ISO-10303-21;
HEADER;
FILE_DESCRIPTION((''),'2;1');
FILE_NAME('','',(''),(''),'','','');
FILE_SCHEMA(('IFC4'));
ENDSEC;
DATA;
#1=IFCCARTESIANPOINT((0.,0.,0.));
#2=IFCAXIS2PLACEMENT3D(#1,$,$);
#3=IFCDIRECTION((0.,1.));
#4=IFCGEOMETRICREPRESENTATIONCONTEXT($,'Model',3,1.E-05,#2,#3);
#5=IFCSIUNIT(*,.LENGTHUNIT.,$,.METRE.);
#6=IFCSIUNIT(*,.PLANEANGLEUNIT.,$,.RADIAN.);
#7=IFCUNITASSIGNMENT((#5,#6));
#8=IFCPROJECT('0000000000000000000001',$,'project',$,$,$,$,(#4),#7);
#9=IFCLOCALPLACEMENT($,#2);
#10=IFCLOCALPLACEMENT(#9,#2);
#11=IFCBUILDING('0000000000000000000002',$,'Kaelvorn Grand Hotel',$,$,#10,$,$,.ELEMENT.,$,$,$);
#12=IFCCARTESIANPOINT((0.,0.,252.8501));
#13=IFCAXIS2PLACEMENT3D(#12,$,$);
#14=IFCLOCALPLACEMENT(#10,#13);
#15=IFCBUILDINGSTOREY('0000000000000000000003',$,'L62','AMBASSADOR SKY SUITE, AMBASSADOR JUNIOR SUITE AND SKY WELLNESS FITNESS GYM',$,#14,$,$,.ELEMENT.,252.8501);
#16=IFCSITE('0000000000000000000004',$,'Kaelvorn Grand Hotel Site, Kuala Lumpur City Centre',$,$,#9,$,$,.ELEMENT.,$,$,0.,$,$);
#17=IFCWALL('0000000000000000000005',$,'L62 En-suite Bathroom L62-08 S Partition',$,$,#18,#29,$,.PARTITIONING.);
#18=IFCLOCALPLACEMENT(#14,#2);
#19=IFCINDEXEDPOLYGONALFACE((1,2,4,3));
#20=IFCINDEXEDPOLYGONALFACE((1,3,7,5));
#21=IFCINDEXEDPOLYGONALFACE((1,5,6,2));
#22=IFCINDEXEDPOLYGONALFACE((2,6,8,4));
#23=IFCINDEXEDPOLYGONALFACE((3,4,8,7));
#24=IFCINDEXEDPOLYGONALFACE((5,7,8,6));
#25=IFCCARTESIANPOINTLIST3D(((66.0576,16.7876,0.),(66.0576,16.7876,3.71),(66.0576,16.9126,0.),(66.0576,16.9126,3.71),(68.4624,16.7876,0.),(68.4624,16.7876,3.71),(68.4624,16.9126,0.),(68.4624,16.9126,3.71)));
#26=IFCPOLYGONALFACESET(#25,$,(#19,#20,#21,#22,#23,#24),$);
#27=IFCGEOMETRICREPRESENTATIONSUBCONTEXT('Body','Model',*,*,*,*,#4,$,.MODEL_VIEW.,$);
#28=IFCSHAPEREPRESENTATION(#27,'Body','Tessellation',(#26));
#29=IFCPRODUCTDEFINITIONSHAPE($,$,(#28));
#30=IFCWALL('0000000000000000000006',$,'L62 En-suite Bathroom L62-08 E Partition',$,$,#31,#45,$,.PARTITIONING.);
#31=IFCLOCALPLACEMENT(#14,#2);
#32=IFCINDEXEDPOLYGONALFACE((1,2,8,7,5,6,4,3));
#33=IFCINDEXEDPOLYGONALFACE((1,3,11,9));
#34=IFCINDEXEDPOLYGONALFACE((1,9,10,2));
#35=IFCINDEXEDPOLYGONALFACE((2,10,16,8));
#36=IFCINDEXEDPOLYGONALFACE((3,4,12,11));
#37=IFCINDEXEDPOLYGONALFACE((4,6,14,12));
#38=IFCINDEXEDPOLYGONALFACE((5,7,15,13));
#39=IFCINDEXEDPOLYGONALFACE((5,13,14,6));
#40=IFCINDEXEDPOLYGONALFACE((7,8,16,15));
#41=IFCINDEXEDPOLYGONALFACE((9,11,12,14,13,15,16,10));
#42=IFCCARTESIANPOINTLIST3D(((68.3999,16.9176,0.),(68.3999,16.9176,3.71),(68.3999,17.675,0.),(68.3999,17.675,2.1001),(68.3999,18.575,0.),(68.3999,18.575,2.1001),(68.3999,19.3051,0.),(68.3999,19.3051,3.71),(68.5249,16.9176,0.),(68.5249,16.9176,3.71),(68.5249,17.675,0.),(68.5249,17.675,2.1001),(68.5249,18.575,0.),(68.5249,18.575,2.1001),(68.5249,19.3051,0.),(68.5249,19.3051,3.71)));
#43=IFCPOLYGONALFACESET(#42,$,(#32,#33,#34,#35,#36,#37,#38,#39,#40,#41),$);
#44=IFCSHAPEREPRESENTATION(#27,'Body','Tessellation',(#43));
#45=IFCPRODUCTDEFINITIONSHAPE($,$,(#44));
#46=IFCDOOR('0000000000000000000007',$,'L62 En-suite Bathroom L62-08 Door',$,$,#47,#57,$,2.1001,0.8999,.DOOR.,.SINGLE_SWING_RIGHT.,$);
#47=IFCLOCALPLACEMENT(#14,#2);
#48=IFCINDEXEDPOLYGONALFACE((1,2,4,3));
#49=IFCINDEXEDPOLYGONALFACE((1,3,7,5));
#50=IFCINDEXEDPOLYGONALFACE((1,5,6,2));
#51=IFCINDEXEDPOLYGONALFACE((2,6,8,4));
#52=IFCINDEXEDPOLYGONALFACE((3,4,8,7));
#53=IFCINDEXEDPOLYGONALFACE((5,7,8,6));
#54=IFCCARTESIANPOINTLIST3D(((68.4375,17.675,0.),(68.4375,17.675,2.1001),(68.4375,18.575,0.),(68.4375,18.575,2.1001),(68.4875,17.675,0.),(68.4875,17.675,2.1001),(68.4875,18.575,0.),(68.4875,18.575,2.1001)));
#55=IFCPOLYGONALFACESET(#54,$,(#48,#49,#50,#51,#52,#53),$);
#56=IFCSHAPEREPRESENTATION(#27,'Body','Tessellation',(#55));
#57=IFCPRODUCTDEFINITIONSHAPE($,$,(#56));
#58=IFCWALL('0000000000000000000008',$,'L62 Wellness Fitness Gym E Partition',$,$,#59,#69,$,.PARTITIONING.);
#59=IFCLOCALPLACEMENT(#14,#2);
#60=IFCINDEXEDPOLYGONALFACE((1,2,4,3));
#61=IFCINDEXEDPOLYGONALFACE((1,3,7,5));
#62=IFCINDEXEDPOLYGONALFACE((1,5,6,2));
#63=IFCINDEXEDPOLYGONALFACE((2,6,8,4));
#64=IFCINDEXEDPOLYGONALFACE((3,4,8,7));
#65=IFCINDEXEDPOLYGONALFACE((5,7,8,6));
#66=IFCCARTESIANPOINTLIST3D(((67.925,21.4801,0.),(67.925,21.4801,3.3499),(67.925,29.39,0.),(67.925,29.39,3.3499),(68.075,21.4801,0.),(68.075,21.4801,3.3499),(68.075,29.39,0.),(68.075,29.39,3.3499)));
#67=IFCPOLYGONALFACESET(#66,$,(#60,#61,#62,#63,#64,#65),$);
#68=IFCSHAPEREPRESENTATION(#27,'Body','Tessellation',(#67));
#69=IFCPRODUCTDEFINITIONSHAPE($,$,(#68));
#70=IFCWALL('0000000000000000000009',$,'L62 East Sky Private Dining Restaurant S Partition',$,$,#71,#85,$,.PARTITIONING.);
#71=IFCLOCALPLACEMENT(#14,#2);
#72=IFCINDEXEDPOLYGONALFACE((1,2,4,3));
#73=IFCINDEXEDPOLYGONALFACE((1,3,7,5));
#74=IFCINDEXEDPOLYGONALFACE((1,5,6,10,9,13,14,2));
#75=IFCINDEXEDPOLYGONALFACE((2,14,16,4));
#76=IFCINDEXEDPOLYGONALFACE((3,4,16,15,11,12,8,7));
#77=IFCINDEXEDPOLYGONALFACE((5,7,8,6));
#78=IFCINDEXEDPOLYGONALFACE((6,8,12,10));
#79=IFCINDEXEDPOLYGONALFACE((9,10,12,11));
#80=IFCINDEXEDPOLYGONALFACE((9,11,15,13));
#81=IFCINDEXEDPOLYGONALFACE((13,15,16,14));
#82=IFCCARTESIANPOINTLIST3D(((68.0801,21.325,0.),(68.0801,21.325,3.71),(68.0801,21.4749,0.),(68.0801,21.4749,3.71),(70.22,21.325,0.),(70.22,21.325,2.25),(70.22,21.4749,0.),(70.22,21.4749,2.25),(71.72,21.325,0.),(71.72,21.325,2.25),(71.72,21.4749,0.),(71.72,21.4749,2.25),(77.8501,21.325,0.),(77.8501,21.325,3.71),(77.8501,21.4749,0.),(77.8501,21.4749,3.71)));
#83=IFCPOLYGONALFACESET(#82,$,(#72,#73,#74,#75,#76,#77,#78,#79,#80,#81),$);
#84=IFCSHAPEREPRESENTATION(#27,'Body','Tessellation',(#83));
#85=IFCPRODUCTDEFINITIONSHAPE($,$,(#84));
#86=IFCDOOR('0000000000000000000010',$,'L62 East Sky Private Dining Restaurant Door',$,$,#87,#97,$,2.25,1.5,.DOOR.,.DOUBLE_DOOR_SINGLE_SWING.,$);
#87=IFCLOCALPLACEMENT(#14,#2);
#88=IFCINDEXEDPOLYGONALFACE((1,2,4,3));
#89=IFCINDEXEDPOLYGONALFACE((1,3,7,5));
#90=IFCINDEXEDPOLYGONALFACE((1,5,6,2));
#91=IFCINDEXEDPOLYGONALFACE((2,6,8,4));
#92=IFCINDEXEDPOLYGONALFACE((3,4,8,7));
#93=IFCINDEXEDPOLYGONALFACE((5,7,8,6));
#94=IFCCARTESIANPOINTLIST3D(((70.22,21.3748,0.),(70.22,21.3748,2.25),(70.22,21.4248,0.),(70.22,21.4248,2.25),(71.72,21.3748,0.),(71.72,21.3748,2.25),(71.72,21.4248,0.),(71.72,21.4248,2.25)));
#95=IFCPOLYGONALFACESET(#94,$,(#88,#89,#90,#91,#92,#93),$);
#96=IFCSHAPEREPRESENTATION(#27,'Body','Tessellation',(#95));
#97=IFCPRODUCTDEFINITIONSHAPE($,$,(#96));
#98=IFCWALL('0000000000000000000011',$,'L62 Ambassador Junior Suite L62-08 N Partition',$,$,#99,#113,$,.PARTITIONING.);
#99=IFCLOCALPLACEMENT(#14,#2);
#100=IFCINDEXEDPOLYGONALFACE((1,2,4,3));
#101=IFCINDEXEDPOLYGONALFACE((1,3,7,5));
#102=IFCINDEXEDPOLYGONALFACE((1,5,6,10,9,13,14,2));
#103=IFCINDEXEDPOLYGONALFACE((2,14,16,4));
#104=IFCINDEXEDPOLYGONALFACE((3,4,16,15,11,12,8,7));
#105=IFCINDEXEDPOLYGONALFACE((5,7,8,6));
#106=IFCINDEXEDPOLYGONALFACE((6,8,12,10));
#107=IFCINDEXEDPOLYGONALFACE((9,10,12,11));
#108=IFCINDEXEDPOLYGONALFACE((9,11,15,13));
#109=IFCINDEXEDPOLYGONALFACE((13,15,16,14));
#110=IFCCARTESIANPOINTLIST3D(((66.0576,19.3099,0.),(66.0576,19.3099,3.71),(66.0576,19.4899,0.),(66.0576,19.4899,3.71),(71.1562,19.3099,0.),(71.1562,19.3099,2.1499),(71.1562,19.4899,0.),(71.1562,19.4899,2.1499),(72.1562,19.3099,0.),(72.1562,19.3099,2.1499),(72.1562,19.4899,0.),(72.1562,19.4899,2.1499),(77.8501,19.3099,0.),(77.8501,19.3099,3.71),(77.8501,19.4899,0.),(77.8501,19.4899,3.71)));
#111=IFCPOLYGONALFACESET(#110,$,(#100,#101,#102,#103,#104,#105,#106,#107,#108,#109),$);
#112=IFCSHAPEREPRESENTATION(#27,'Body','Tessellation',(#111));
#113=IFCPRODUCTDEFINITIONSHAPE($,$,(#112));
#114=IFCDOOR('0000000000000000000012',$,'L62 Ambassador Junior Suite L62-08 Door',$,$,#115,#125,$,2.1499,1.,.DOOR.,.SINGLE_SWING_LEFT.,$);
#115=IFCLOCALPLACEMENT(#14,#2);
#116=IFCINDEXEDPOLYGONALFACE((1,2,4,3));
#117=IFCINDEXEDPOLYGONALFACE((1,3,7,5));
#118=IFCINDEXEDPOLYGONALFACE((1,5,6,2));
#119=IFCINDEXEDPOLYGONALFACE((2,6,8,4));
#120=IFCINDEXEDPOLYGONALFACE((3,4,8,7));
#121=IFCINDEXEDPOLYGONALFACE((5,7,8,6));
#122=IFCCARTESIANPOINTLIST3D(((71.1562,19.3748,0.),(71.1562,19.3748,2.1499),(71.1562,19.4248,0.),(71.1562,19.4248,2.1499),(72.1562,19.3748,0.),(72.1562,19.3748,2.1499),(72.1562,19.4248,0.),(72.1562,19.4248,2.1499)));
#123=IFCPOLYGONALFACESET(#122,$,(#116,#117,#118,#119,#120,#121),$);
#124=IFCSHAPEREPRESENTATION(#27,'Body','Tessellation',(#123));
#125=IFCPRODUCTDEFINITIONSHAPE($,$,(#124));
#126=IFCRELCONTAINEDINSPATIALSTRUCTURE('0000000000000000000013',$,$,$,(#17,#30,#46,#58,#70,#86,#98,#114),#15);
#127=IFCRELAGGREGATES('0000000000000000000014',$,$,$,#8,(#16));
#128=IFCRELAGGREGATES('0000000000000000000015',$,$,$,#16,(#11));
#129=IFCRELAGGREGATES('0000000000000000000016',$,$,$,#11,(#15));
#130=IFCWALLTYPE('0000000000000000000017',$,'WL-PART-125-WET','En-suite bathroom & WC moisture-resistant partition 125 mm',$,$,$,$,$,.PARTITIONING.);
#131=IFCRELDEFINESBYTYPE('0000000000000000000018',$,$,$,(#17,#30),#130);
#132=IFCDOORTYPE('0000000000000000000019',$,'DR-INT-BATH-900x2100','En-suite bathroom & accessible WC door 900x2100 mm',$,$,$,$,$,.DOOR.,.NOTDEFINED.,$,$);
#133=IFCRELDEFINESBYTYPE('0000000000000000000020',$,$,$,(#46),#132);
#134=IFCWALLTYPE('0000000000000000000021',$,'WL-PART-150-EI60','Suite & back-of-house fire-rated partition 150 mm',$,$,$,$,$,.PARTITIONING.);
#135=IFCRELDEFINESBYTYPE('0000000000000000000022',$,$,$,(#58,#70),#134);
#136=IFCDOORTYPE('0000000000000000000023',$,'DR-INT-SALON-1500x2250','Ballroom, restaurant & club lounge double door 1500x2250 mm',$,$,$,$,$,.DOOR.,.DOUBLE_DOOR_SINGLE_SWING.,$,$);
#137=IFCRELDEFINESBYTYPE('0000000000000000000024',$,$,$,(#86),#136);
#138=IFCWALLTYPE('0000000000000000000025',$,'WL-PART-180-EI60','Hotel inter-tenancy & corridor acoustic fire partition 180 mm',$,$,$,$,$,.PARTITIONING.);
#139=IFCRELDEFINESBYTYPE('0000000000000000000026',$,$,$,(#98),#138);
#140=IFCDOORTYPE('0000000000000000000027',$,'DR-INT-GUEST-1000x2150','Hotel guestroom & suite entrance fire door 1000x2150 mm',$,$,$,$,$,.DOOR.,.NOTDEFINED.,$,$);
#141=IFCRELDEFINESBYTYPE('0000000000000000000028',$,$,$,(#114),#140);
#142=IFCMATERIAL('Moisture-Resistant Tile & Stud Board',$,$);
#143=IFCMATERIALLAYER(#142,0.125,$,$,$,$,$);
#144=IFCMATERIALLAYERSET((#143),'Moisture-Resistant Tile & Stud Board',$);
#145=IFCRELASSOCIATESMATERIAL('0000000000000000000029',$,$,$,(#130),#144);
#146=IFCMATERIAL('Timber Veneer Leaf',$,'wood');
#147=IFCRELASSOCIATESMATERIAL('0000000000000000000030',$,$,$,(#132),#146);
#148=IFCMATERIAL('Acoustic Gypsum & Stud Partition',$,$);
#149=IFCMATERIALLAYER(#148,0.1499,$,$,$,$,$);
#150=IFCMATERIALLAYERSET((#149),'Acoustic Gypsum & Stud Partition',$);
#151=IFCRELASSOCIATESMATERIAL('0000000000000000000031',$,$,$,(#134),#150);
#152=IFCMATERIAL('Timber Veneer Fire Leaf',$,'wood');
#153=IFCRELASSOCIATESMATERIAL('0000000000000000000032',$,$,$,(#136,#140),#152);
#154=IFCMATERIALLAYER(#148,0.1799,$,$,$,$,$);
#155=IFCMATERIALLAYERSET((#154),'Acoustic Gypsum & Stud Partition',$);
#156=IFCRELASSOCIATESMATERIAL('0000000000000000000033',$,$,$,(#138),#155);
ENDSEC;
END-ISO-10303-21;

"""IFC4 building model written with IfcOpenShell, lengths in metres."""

from ifc_helpers import new_model, si_unit, direction, frame, frame_2d, origin, place, context, subcontext, project, spatial, rectangle, extrude, material, layer, layer_set, type_object, element, fill, save


model = new_model("IFC4")

# Units and contexts
model_context = context("Model", 3, precision=1e-05, world=origin(), true_north=direction((0.0, 1.0)))
body_context = subcontext(model_context, "Body", "Model", "MODEL_VIEW")
ifc_project = project(units=[si_unit("LENGTHUNIT", "METRE"), si_unit("PLANEANGLEUNIT", "RADIAN")], contexts=[model_context])

# Site, building, storey
site_placement = place(None, origin())
site = spatial("IfcSite", under=ifc_project, at=site_placement, Name="Kaelvorn Grand Hotel Site, Kuala Lumpur City Centre", CompositionType="ELEMENT", RefElevation=0.0)
building_placement = place(site_placement, origin())
building = spatial("IfcBuilding", under=site, at=building_placement, Name="Kaelvorn Grand Hotel", CompositionType="ELEMENT")
storey_placement = place(building_placement, frame((0.0, 0.0, 252.8501)))
storey = spatial("IfcBuildingStorey", under=building, at=storey_placement, Name="L62", Description="AMBASSADOR SKY SUITE, AMBASSADOR JUNIOR SUITE AND SKY WELLNESS FITNESS GYM", CompositionType="ELEMENT", Elevation=252.8501)

# Wall
ifc_material_1 = material(Name="Moisture-Resistant Tile & Stud Board")
ifc_layer_1 = layer(ifc_material_1, 0.125)
ifc_layer_set_1 = layer_set([ifc_layer_1], Name="Moisture-Resistant Tile & Stud Board")
wall_type_1 = type_object("IfcWallType", Name="WL-PART-125-WET", Description="En-suite bathroom & WC moisture-resistant partition 125 mm", PredefinedType="PARTITIONING", material=ifc_layer_set_1)
wall_1_placement = place(storey_placement, frame((66.0576, 16.8501, 0.0), z_axis=(0.0, 0.0, 1.0), x_axis=(1.0, 0.0, 0.0)))
element("IfcWall", 1, at=wall_1_placement, inside=storey, type_object=wall_type_1, Name="L62 En-suite Bathroom L62-08 S Partition", PredefinedType="PARTITIONING", context=body_context, shape_type="SweptSolid", body=[
    extrude(rectangle(XDim=2.4048, YDim=0.125, at=frame_2d((1.2024, 0.0))), origin(), (0.0, 0.0, 1.0), 3.71),
])

# Wall, opening, door
wall_2_placement = place(storey_placement, frame((68.4624, 16.9175, 0.0), z_axis=(0.0, 0.0, 1.0), x_axis=(0.0, 1.0, 0.0)))
wall_2 = element("IfcWall", 2, at=wall_2_placement, inside=storey, type_object=wall_type_1, Name="L62 En-suite Bathroom L62-08 E Partition", PredefinedType="PARTITIONING", context=body_context, shape_type="SweptSolid", body=[
    extrude(rectangle(XDim=2.3875, YDim=0.125, at=frame_2d((1.1938, 0.0))), origin(), (0.0, 0.0, 1.0), 3.71),
])
opening_1_placement = place(wall_2_placement, frame((0.7576, 0.0, 0.0)))
opening_1 = element("IfcOpeningElement", 3, at=opening_1_placement, cuts=wall_2, PredefinedType="OPENING", context=body_context, shape_type="SweptSolid", body=[
    extrude(rectangle(XDim=0.8999, YDim=2.1001, at=frame_2d((0.45, 1.05))), frame((0.0, 0.0725, 0.0), z_axis=(0.0, -1.0, 0.0), x_axis=(1.0, 0.0, 0.0)), (0.0, 0.0, 1.0), 0.145),
])
ifc_material_2 = material(Name="Timber Veneer Leaf", Category="wood")
door_type_1 = type_object("IfcDoorType", Name="DR-INT-BATH-900x2100", Description="En-suite bathroom & accessible WC door 900x2100 mm", OperationType="NOTDEFINED", PredefinedType="DOOR", material=ifc_material_2)
door_1_placement = place(opening_1_placement, origin())
door_1 = element("IfcDoor", 4, at=door_1_placement, inside=storey, type_object=door_type_1, Name="L62 En-suite Bathroom L62-08 Door", OperationType="SINGLE_SWING_RIGHT", OverallHeight=2.1001, OverallWidth=0.8999, PredefinedType="DOOR", context=body_context, shape_type="SweptSolid", body=[
    extrude(rectangle(XDim=0.8999, YDim=2.1001, at=frame_2d((0.45, 1.05))), frame((0.0, 0.0249, 0.0), z_axis=(0.0, -1.0, 0.0), x_axis=(1.0, 0.0, 0.0)), (0.0, 0.0, 1.0), 0.05),
])
fill(opening_1, door_1)

# Wall
ifc_material_3 = material(Name="Acoustic Gypsum & Stud Partition")
ifc_layer_2 = layer(ifc_material_3, 0.1499)
ifc_layer_set_2 = layer_set([ifc_layer_2], Name="Acoustic Gypsum & Stud Partition")
wall_type_2 = type_object("IfcWallType", Name="WL-PART-150-EI60", Description="Suite & back-of-house fire-rated partition 150 mm", PredefinedType="PARTITIONING", material=ifc_layer_set_2)
wall_3_placement = place(storey_placement, frame((68.0, 21.48, 0.0), z_axis=(0.0, 0.0, 1.0), x_axis=(0.0, 1.0, 0.0)))
element("IfcWall", 5, at=wall_3_placement, inside=storey, type_object=wall_type_2, Name="L62 Wellness Fitness Gym E Partition", PredefinedType="PARTITIONING", context=body_context, shape_type="SweptSolid", body=[
    extrude(rectangle(XDim=7.9099, YDim=0.1499, at=frame_2d((3.9551, 0.0))), origin(), (0.0, 0.0, 1.0), 3.3499),
])

# Walls, openings, doors
wall_4_placement = place(storey_placement, frame((68.0801, 21.3999, 0.0), z_axis=(0.0, 0.0, 1.0), x_axis=(1.0, 0.0, 0.0)))
wall_4 = element("IfcWall", 6, at=wall_4_placement, inside=storey, type_object=wall_type_2, Name="L62 East Sky Private Dining Restaurant S Partition", PredefinedType="PARTITIONING", context=body_context, shape_type="SweptSolid", body=[
    extrude(rectangle(XDim=9.77, YDim=0.1499, at=frame_2d((4.885, 0.0))), origin(), (0.0, 0.0, 1.0), 3.71),
])
opening_2_placement = place(wall_4_placement, frame((2.1399, 0.0, 0.0)))
opening_2 = element("IfcOpeningElement", 7, at=opening_2_placement, cuts=wall_4, PredefinedType="OPENING", context=body_context, shape_type="SweptSolid", body=[
    extrude(rectangle(XDim=1.5, YDim=2.25, at=frame_2d((0.75, 1.125))), frame((0.0, 0.085, 0.0), z_axis=(0.0, -1.0, 0.0), x_axis=(1.0, 0.0, 0.0)), (0.0, 0.0, 1.0), 0.1699),
])
ifc_material_4 = material(Name="Timber Veneer Fire Leaf", Category="wood")
door_type_2 = type_object("IfcDoorType", Name="DR-INT-SALON-1500x2250", Description="Ballroom, restaurant & club lounge double door 1500x2250 mm", OperationType="DOUBLE_DOOR_SINGLE_SWING", PredefinedType="DOOR", material=ifc_material_4)
door_2_placement = place(opening_2_placement, origin())
door_2 = element("IfcDoor", 8, at=door_2_placement, inside=storey, type_object=door_type_2, Name="L62 East Sky Private Dining Restaurant Door", OperationType="DOUBLE_DOOR_SINGLE_SWING", OverallHeight=2.25, OverallWidth=1.5, PredefinedType="DOOR", context=body_context, shape_type="SweptSolid", body=[
    extrude(rectangle(XDim=1.5, YDim=2.25, at=frame_2d((0.75, 1.125))), frame((0.0, 0.0249, 0.0), z_axis=(0.0, -1.0, 0.0), x_axis=(1.0, 0.0, 0.0)), (0.0, 0.0, 1.0), 0.05),
])
fill(opening_2, door_2)
ifc_layer_3 = layer(ifc_material_3, 0.1799)
ifc_layer_set_3 = layer_set([ifc_layer_3], Name="Acoustic Gypsum & Stud Partition")
wall_type_3 = type_object("IfcWallType", Name="WL-PART-180-EI60", Description="Hotel inter-tenancy & corridor acoustic fire partition 180 mm", PredefinedType="PARTITIONING", material=ifc_layer_set_3)
wall_5_placement = place(storey_placement, frame((66.0576, 19.3999, 0.0), z_axis=(0.0, 0.0, 1.0), x_axis=(1.0, 0.0, 0.0)))
wall_5 = element("IfcWall", 9, at=wall_5_placement, inside=storey, type_object=wall_type_3, Name="L62 Ambassador Junior Suite L62-08 N Partition", PredefinedType="PARTITIONING", context=body_context, shape_type="SweptSolid", body=[
    extrude(rectangle(XDim=11.7925, YDim=0.1799, at=frame_2d((5.8962, 0.0))), origin(), (0.0, 0.0, 1.0), 3.71),
])
opening_3_placement = place(wall_5_placement, frame((5.0986, 0.0, 0.0)))
opening_3 = element("IfcOpeningElement", 10, at=opening_3_placement, cuts=wall_5, PredefinedType="OPENING", context=body_context, shape_type="SweptSolid", body=[
    extrude(rectangle(XDim=1.0, YDim=2.1499, at=frame_2d((0.5, 1.075))), frame((0.0, 0.1001, 0.0), z_axis=(0.0, -1.0, 0.0), x_axis=(1.0, 0.0, 0.0)), (0.0, 0.0, 1.0), 0.2),
])
door_type_3 = type_object("IfcDoorType", Name="DR-INT-GUEST-1000x2150", Description="Hotel guestroom & suite entrance fire door 1000x2150 mm", OperationType="NOTDEFINED", PredefinedType="DOOR", material=ifc_material_4)
door_3_placement = place(opening_3_placement, origin())
door_3 = element("IfcDoor", 11, at=door_3_placement, inside=storey, type_object=door_type_3, Name="L62 Ambassador Junior Suite L62-08 Door", OperationType="SINGLE_SWING_LEFT", OverallHeight=2.1499, OverallWidth=1.0, PredefinedType="DOOR", context=body_context, shape_type="SweptSolid", body=[
    extrude(rectangle(XDim=1.0, YDim=2.1499, at=frame_2d((0.5, 1.075))), frame((0.0, 0.0249, 0.0), z_axis=(0.0, -1.0, 0.0), x_axis=(1.0, 0.0, 0.0)), (0.0, 0.0, 1.0), 0.05),
])
fill(opening_3, door_3)

save(model, "model.ifc")
